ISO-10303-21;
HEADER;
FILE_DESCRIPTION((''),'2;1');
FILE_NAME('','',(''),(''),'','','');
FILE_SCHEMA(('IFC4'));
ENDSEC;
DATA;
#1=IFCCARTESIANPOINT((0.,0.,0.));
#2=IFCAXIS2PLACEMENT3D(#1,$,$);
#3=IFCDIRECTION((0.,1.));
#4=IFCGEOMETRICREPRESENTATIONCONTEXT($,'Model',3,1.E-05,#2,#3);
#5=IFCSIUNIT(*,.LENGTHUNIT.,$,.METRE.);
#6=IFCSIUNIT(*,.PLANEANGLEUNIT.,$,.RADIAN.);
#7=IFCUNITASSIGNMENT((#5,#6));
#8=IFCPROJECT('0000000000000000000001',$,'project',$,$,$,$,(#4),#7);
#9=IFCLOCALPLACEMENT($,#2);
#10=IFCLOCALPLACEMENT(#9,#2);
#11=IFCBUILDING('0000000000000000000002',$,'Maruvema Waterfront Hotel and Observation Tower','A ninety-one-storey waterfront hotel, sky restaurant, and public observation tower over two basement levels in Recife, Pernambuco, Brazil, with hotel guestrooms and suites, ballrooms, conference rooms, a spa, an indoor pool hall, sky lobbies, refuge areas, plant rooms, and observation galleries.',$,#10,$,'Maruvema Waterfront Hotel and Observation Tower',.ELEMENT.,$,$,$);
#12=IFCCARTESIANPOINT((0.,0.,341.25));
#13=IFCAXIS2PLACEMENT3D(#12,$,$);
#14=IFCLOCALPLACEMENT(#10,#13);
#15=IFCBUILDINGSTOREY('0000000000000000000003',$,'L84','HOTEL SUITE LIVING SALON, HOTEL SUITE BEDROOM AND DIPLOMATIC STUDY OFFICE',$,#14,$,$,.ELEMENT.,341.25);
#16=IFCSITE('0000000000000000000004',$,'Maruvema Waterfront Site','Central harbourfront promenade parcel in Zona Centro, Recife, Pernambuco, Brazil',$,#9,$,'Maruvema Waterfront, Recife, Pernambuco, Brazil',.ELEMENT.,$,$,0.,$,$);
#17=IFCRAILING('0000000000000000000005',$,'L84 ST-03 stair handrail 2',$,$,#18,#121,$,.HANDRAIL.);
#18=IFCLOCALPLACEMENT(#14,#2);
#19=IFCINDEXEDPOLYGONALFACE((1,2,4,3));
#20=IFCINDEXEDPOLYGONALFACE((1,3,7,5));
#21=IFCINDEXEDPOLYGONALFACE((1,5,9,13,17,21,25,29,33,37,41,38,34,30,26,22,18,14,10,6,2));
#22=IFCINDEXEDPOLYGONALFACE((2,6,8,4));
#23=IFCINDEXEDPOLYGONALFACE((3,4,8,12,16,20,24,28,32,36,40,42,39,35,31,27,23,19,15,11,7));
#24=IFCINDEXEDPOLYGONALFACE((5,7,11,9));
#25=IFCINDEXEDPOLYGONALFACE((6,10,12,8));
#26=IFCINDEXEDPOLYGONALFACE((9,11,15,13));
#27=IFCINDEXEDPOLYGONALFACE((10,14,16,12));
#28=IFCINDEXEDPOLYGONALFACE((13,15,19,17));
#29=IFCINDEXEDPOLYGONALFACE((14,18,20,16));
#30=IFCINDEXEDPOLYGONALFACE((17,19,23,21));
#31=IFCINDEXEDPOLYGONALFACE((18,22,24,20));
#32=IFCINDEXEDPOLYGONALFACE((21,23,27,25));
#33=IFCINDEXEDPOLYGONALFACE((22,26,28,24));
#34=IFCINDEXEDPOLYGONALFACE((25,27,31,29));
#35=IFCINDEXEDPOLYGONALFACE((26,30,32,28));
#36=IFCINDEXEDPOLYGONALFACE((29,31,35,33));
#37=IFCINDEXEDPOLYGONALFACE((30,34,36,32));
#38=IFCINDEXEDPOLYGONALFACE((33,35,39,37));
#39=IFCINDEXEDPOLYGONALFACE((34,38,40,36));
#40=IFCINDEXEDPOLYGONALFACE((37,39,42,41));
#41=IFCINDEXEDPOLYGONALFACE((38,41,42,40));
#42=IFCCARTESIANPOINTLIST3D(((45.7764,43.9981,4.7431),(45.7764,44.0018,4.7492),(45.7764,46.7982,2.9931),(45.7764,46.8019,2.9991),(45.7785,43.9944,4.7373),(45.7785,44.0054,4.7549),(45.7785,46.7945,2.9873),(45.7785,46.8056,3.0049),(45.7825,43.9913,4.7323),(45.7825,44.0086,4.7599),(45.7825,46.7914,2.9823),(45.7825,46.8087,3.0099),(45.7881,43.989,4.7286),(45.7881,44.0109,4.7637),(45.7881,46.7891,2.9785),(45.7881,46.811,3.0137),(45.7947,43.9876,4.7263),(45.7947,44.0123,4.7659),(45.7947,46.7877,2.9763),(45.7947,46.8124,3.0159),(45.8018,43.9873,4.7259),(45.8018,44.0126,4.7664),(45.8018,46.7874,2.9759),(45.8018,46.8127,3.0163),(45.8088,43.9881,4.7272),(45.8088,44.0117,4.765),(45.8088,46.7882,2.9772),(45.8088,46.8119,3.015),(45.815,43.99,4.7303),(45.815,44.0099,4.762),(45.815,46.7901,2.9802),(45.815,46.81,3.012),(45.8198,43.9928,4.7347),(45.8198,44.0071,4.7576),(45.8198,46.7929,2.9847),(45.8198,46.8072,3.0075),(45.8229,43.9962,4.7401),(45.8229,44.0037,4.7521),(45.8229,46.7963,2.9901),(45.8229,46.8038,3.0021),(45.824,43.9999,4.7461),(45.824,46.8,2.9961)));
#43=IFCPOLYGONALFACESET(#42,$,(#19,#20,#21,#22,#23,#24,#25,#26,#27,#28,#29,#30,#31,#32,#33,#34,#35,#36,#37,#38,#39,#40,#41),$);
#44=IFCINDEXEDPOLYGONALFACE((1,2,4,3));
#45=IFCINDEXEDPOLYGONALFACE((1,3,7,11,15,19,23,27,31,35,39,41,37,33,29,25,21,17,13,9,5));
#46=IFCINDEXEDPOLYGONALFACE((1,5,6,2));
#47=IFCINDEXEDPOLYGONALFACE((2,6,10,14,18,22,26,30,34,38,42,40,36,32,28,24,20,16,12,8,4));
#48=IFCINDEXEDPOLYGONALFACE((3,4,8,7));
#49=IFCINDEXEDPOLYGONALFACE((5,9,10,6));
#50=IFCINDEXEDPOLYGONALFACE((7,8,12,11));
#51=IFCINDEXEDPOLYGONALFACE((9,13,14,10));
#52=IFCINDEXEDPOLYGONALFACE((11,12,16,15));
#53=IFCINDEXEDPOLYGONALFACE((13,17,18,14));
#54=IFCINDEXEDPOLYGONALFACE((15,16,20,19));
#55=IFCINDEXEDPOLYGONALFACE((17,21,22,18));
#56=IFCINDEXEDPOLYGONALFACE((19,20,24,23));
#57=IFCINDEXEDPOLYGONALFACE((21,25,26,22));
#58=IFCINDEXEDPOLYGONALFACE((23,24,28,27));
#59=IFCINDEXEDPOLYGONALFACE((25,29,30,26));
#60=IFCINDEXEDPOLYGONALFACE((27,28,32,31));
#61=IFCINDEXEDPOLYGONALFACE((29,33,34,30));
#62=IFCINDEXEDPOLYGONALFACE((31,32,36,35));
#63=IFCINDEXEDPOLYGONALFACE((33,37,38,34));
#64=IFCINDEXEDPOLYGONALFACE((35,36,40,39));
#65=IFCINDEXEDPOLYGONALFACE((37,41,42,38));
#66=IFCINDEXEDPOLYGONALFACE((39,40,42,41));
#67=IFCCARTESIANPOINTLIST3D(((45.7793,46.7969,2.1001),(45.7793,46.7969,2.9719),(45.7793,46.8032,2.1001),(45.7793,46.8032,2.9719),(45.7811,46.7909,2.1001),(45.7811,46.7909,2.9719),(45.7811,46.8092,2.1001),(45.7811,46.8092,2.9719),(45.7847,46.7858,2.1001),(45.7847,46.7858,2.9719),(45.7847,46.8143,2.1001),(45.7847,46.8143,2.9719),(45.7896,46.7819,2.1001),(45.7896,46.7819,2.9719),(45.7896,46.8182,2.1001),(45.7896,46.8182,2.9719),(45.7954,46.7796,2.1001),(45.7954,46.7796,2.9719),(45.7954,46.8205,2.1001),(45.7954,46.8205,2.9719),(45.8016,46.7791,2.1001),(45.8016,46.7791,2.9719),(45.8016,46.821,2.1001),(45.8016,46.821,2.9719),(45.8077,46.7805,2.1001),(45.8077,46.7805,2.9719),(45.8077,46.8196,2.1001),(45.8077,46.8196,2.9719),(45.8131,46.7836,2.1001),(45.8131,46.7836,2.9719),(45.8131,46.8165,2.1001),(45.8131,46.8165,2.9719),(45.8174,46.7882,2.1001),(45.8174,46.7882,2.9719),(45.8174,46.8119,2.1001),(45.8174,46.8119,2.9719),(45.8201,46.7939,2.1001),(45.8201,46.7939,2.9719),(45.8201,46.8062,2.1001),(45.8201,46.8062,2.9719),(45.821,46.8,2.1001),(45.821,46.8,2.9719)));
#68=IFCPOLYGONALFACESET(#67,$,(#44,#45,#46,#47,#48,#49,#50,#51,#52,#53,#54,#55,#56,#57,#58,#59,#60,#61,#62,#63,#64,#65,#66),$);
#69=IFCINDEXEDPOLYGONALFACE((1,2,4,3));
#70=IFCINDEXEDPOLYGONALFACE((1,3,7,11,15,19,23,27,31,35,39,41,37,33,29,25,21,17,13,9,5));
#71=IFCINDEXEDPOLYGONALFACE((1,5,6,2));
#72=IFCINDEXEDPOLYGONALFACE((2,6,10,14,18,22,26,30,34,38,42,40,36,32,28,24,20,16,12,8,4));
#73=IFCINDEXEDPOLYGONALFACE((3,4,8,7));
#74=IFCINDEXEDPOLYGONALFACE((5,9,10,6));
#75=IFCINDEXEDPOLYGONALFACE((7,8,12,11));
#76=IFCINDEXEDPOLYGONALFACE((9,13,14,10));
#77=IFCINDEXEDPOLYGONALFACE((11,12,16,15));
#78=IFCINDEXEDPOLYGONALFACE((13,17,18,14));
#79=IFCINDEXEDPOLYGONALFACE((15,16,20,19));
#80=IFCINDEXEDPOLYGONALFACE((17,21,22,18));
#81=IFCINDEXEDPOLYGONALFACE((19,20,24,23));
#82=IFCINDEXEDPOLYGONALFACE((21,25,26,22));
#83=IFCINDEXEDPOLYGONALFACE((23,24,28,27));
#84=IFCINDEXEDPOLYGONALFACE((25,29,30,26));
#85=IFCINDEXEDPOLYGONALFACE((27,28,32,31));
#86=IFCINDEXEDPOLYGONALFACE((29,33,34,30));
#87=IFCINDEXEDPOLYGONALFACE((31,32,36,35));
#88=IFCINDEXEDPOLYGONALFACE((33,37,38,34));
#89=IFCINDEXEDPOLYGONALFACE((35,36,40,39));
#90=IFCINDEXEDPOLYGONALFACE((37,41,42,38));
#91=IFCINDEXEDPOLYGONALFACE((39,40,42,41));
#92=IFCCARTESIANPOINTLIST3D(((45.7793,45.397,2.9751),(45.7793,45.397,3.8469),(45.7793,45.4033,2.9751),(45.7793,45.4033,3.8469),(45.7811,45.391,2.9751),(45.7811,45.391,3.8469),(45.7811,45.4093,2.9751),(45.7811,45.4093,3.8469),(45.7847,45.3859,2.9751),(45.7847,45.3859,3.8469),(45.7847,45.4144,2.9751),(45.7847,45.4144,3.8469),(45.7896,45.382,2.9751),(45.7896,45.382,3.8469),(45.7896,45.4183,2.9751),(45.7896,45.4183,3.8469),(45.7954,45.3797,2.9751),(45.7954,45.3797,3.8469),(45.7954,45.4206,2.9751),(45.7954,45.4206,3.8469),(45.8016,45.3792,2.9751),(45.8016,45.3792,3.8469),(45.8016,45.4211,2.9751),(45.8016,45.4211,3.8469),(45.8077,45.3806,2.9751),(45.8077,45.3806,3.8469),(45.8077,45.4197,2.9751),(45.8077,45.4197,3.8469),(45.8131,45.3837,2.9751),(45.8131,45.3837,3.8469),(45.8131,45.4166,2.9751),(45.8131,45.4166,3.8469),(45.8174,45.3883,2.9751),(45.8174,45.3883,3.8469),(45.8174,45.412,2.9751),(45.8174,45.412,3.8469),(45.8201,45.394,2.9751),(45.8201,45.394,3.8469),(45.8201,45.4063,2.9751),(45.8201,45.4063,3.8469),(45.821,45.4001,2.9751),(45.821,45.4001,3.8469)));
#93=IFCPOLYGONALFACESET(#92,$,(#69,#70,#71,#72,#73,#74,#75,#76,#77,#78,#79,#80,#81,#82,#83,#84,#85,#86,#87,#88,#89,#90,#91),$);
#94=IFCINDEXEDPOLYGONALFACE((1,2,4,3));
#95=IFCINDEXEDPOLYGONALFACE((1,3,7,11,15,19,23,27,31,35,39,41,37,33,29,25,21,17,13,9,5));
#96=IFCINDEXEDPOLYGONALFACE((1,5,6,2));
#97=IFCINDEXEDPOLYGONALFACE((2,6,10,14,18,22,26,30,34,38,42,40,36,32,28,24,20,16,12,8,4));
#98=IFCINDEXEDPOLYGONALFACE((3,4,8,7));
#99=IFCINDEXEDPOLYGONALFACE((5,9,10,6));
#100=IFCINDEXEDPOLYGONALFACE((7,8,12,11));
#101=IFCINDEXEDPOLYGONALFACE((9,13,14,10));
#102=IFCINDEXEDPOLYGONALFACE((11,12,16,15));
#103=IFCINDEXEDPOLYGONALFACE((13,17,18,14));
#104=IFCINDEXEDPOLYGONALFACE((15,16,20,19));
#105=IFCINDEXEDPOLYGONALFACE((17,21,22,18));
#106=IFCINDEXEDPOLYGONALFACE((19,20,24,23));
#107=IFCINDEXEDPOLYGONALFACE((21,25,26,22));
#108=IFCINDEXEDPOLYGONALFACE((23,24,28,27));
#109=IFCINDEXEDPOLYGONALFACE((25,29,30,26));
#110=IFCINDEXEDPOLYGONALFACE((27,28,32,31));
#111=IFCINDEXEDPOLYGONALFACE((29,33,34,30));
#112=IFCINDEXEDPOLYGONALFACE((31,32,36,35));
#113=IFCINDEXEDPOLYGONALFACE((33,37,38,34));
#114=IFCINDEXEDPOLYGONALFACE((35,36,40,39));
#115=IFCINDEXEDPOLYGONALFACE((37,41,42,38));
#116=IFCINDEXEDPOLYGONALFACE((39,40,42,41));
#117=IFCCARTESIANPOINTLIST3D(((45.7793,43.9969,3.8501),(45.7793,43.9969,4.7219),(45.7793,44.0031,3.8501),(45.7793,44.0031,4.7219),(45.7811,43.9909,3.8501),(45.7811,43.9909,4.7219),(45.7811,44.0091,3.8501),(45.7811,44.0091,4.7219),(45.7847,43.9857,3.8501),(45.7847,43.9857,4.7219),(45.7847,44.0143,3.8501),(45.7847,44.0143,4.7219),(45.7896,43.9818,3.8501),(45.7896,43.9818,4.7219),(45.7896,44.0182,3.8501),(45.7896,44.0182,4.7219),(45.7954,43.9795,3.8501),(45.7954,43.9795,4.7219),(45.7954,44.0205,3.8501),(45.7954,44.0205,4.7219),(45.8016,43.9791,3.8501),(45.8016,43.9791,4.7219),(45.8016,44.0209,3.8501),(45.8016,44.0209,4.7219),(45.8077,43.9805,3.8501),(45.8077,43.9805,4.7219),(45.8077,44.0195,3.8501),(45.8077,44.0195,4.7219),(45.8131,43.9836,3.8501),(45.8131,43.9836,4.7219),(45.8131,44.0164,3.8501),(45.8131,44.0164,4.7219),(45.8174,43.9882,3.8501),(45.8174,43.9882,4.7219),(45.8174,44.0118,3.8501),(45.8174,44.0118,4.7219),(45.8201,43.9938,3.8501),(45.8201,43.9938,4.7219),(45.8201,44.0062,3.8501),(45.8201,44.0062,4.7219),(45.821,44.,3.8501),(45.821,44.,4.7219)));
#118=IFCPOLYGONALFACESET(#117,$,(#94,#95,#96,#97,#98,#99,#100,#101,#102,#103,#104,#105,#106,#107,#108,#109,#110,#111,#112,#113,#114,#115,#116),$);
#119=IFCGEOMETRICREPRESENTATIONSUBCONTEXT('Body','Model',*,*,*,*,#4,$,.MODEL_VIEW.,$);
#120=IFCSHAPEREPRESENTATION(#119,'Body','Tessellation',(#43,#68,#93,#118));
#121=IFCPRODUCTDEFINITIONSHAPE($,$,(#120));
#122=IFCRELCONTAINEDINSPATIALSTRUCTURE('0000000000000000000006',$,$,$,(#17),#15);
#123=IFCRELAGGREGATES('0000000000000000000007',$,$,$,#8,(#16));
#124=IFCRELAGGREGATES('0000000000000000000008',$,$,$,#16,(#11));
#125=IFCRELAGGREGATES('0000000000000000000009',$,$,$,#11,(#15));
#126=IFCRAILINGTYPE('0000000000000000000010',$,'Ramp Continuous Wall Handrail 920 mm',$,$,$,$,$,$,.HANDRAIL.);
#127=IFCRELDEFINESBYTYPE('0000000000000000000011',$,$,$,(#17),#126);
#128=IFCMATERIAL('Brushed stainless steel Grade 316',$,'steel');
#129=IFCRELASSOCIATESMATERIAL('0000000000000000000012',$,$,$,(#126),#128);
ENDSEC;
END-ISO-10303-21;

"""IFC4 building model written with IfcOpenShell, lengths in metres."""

from ifc_helpers import new_model, si_unit, direction, frame, origin, origin_2d, place, context, subcontext, project, spatial, circle, extrude, material, type_object, element, save


model = new_model("IFC4")

# Units and contexts
model_context = context("Model", 3, precision=1e-05, world=origin(), true_north=direction((0.0, 1.0)))
body_context = subcontext(model_context, "Body", "Model", "MODEL_VIEW")
ifc_project = project(units=[si_unit("LENGTHUNIT", "METRE"), si_unit("PLANEANGLEUNIT", "RADIAN")], contexts=[model_context])

# Site, building, storey
site_placement = place(None, origin())
site = spatial("IfcSite", under=ifc_project, at=site_placement, Name="Maruvema Waterfront Site", Description="Central harbourfront promenade parcel in Zona Centro, Recife, Pernambuco, Brazil", LongName="Maruvema Waterfront, Recife, Pernambuco, Brazil", CompositionType="ELEMENT", RefElevation=0.0)
building_placement = place(site_placement, origin())
building = spatial("IfcBuilding", under=site, at=building_placement, Name="Maruvema Waterfront Hotel and Observation Tower", Description="A ninety-one-storey waterfront hotel, sky restaurant, and public observation tower over two basement levels in Recife, Pernambuco, Brazil, with hotel guestrooms and suites, ballrooms, conference rooms, a spa, an indoor pool hall, sky lobbies, refuge areas, plant rooms, and observation galleries.", LongName="Maruvema Waterfront Hotel and Observation Tower", CompositionType="ELEMENT")
storey_placement = place(building_placement, frame((0.0, 0.0, 341.25)))
storey = spatial("IfcBuildingStorey", under=building, at=storey_placement, Name="L84", Description="HOTEL SUITE LIVING SALON, HOTEL SUITE BEDROOM AND DIPLOMATIC STUDY OFFICE", CompositionType="ELEMENT", Elevation=341.25)

# Railing
ifc_material_1 = material(Name="Brushed stainless steel Grade 316", Category="steel")
railing_type_1 = type_object("IfcRailingType", Name="Ramp Continuous Wall Handrail 920 mm", PredefinedType="HANDRAIL", material=ifc_material_1)
railing_1_placement = place(storey_placement, frame((45.8, 46.8, 2.1001)))
element("IfcRailing", 1, at=railing_1_placement, inside=storey, type_object=railing_type_1, Name="L84 ST-03 stair handrail 2", PredefinedType="HANDRAIL", context=body_context, shape_type="SweptSolid", body=[
    extrude(circle(Radius=0.0239, at=origin_2d()), frame((0.0, 0.0, 0.896), z_axis=(0.0, -0.848002, 0.529992), x_axis=(1.0, 0.0, 0.0)), (0.0, 0.0, 1.0), 3.302),
    extrude(circle(Radius=0.021, at=origin_2d()), origin(), (0.0, 0.0, 1.0), 0.8718),
    extrude(circle(Radius=0.021, at=origin_2d()), frame((0.0, -1.3999, 0.875)), (0.0, 0.0, 1.0), 0.8718),
    extrude(circle(Radius=0.021, at=origin_2d()), frame((0.0, -2.8, 1.75)), (0.0, 0.0, 1.0), 0.8718),
])

save(model, "model.ifc")
